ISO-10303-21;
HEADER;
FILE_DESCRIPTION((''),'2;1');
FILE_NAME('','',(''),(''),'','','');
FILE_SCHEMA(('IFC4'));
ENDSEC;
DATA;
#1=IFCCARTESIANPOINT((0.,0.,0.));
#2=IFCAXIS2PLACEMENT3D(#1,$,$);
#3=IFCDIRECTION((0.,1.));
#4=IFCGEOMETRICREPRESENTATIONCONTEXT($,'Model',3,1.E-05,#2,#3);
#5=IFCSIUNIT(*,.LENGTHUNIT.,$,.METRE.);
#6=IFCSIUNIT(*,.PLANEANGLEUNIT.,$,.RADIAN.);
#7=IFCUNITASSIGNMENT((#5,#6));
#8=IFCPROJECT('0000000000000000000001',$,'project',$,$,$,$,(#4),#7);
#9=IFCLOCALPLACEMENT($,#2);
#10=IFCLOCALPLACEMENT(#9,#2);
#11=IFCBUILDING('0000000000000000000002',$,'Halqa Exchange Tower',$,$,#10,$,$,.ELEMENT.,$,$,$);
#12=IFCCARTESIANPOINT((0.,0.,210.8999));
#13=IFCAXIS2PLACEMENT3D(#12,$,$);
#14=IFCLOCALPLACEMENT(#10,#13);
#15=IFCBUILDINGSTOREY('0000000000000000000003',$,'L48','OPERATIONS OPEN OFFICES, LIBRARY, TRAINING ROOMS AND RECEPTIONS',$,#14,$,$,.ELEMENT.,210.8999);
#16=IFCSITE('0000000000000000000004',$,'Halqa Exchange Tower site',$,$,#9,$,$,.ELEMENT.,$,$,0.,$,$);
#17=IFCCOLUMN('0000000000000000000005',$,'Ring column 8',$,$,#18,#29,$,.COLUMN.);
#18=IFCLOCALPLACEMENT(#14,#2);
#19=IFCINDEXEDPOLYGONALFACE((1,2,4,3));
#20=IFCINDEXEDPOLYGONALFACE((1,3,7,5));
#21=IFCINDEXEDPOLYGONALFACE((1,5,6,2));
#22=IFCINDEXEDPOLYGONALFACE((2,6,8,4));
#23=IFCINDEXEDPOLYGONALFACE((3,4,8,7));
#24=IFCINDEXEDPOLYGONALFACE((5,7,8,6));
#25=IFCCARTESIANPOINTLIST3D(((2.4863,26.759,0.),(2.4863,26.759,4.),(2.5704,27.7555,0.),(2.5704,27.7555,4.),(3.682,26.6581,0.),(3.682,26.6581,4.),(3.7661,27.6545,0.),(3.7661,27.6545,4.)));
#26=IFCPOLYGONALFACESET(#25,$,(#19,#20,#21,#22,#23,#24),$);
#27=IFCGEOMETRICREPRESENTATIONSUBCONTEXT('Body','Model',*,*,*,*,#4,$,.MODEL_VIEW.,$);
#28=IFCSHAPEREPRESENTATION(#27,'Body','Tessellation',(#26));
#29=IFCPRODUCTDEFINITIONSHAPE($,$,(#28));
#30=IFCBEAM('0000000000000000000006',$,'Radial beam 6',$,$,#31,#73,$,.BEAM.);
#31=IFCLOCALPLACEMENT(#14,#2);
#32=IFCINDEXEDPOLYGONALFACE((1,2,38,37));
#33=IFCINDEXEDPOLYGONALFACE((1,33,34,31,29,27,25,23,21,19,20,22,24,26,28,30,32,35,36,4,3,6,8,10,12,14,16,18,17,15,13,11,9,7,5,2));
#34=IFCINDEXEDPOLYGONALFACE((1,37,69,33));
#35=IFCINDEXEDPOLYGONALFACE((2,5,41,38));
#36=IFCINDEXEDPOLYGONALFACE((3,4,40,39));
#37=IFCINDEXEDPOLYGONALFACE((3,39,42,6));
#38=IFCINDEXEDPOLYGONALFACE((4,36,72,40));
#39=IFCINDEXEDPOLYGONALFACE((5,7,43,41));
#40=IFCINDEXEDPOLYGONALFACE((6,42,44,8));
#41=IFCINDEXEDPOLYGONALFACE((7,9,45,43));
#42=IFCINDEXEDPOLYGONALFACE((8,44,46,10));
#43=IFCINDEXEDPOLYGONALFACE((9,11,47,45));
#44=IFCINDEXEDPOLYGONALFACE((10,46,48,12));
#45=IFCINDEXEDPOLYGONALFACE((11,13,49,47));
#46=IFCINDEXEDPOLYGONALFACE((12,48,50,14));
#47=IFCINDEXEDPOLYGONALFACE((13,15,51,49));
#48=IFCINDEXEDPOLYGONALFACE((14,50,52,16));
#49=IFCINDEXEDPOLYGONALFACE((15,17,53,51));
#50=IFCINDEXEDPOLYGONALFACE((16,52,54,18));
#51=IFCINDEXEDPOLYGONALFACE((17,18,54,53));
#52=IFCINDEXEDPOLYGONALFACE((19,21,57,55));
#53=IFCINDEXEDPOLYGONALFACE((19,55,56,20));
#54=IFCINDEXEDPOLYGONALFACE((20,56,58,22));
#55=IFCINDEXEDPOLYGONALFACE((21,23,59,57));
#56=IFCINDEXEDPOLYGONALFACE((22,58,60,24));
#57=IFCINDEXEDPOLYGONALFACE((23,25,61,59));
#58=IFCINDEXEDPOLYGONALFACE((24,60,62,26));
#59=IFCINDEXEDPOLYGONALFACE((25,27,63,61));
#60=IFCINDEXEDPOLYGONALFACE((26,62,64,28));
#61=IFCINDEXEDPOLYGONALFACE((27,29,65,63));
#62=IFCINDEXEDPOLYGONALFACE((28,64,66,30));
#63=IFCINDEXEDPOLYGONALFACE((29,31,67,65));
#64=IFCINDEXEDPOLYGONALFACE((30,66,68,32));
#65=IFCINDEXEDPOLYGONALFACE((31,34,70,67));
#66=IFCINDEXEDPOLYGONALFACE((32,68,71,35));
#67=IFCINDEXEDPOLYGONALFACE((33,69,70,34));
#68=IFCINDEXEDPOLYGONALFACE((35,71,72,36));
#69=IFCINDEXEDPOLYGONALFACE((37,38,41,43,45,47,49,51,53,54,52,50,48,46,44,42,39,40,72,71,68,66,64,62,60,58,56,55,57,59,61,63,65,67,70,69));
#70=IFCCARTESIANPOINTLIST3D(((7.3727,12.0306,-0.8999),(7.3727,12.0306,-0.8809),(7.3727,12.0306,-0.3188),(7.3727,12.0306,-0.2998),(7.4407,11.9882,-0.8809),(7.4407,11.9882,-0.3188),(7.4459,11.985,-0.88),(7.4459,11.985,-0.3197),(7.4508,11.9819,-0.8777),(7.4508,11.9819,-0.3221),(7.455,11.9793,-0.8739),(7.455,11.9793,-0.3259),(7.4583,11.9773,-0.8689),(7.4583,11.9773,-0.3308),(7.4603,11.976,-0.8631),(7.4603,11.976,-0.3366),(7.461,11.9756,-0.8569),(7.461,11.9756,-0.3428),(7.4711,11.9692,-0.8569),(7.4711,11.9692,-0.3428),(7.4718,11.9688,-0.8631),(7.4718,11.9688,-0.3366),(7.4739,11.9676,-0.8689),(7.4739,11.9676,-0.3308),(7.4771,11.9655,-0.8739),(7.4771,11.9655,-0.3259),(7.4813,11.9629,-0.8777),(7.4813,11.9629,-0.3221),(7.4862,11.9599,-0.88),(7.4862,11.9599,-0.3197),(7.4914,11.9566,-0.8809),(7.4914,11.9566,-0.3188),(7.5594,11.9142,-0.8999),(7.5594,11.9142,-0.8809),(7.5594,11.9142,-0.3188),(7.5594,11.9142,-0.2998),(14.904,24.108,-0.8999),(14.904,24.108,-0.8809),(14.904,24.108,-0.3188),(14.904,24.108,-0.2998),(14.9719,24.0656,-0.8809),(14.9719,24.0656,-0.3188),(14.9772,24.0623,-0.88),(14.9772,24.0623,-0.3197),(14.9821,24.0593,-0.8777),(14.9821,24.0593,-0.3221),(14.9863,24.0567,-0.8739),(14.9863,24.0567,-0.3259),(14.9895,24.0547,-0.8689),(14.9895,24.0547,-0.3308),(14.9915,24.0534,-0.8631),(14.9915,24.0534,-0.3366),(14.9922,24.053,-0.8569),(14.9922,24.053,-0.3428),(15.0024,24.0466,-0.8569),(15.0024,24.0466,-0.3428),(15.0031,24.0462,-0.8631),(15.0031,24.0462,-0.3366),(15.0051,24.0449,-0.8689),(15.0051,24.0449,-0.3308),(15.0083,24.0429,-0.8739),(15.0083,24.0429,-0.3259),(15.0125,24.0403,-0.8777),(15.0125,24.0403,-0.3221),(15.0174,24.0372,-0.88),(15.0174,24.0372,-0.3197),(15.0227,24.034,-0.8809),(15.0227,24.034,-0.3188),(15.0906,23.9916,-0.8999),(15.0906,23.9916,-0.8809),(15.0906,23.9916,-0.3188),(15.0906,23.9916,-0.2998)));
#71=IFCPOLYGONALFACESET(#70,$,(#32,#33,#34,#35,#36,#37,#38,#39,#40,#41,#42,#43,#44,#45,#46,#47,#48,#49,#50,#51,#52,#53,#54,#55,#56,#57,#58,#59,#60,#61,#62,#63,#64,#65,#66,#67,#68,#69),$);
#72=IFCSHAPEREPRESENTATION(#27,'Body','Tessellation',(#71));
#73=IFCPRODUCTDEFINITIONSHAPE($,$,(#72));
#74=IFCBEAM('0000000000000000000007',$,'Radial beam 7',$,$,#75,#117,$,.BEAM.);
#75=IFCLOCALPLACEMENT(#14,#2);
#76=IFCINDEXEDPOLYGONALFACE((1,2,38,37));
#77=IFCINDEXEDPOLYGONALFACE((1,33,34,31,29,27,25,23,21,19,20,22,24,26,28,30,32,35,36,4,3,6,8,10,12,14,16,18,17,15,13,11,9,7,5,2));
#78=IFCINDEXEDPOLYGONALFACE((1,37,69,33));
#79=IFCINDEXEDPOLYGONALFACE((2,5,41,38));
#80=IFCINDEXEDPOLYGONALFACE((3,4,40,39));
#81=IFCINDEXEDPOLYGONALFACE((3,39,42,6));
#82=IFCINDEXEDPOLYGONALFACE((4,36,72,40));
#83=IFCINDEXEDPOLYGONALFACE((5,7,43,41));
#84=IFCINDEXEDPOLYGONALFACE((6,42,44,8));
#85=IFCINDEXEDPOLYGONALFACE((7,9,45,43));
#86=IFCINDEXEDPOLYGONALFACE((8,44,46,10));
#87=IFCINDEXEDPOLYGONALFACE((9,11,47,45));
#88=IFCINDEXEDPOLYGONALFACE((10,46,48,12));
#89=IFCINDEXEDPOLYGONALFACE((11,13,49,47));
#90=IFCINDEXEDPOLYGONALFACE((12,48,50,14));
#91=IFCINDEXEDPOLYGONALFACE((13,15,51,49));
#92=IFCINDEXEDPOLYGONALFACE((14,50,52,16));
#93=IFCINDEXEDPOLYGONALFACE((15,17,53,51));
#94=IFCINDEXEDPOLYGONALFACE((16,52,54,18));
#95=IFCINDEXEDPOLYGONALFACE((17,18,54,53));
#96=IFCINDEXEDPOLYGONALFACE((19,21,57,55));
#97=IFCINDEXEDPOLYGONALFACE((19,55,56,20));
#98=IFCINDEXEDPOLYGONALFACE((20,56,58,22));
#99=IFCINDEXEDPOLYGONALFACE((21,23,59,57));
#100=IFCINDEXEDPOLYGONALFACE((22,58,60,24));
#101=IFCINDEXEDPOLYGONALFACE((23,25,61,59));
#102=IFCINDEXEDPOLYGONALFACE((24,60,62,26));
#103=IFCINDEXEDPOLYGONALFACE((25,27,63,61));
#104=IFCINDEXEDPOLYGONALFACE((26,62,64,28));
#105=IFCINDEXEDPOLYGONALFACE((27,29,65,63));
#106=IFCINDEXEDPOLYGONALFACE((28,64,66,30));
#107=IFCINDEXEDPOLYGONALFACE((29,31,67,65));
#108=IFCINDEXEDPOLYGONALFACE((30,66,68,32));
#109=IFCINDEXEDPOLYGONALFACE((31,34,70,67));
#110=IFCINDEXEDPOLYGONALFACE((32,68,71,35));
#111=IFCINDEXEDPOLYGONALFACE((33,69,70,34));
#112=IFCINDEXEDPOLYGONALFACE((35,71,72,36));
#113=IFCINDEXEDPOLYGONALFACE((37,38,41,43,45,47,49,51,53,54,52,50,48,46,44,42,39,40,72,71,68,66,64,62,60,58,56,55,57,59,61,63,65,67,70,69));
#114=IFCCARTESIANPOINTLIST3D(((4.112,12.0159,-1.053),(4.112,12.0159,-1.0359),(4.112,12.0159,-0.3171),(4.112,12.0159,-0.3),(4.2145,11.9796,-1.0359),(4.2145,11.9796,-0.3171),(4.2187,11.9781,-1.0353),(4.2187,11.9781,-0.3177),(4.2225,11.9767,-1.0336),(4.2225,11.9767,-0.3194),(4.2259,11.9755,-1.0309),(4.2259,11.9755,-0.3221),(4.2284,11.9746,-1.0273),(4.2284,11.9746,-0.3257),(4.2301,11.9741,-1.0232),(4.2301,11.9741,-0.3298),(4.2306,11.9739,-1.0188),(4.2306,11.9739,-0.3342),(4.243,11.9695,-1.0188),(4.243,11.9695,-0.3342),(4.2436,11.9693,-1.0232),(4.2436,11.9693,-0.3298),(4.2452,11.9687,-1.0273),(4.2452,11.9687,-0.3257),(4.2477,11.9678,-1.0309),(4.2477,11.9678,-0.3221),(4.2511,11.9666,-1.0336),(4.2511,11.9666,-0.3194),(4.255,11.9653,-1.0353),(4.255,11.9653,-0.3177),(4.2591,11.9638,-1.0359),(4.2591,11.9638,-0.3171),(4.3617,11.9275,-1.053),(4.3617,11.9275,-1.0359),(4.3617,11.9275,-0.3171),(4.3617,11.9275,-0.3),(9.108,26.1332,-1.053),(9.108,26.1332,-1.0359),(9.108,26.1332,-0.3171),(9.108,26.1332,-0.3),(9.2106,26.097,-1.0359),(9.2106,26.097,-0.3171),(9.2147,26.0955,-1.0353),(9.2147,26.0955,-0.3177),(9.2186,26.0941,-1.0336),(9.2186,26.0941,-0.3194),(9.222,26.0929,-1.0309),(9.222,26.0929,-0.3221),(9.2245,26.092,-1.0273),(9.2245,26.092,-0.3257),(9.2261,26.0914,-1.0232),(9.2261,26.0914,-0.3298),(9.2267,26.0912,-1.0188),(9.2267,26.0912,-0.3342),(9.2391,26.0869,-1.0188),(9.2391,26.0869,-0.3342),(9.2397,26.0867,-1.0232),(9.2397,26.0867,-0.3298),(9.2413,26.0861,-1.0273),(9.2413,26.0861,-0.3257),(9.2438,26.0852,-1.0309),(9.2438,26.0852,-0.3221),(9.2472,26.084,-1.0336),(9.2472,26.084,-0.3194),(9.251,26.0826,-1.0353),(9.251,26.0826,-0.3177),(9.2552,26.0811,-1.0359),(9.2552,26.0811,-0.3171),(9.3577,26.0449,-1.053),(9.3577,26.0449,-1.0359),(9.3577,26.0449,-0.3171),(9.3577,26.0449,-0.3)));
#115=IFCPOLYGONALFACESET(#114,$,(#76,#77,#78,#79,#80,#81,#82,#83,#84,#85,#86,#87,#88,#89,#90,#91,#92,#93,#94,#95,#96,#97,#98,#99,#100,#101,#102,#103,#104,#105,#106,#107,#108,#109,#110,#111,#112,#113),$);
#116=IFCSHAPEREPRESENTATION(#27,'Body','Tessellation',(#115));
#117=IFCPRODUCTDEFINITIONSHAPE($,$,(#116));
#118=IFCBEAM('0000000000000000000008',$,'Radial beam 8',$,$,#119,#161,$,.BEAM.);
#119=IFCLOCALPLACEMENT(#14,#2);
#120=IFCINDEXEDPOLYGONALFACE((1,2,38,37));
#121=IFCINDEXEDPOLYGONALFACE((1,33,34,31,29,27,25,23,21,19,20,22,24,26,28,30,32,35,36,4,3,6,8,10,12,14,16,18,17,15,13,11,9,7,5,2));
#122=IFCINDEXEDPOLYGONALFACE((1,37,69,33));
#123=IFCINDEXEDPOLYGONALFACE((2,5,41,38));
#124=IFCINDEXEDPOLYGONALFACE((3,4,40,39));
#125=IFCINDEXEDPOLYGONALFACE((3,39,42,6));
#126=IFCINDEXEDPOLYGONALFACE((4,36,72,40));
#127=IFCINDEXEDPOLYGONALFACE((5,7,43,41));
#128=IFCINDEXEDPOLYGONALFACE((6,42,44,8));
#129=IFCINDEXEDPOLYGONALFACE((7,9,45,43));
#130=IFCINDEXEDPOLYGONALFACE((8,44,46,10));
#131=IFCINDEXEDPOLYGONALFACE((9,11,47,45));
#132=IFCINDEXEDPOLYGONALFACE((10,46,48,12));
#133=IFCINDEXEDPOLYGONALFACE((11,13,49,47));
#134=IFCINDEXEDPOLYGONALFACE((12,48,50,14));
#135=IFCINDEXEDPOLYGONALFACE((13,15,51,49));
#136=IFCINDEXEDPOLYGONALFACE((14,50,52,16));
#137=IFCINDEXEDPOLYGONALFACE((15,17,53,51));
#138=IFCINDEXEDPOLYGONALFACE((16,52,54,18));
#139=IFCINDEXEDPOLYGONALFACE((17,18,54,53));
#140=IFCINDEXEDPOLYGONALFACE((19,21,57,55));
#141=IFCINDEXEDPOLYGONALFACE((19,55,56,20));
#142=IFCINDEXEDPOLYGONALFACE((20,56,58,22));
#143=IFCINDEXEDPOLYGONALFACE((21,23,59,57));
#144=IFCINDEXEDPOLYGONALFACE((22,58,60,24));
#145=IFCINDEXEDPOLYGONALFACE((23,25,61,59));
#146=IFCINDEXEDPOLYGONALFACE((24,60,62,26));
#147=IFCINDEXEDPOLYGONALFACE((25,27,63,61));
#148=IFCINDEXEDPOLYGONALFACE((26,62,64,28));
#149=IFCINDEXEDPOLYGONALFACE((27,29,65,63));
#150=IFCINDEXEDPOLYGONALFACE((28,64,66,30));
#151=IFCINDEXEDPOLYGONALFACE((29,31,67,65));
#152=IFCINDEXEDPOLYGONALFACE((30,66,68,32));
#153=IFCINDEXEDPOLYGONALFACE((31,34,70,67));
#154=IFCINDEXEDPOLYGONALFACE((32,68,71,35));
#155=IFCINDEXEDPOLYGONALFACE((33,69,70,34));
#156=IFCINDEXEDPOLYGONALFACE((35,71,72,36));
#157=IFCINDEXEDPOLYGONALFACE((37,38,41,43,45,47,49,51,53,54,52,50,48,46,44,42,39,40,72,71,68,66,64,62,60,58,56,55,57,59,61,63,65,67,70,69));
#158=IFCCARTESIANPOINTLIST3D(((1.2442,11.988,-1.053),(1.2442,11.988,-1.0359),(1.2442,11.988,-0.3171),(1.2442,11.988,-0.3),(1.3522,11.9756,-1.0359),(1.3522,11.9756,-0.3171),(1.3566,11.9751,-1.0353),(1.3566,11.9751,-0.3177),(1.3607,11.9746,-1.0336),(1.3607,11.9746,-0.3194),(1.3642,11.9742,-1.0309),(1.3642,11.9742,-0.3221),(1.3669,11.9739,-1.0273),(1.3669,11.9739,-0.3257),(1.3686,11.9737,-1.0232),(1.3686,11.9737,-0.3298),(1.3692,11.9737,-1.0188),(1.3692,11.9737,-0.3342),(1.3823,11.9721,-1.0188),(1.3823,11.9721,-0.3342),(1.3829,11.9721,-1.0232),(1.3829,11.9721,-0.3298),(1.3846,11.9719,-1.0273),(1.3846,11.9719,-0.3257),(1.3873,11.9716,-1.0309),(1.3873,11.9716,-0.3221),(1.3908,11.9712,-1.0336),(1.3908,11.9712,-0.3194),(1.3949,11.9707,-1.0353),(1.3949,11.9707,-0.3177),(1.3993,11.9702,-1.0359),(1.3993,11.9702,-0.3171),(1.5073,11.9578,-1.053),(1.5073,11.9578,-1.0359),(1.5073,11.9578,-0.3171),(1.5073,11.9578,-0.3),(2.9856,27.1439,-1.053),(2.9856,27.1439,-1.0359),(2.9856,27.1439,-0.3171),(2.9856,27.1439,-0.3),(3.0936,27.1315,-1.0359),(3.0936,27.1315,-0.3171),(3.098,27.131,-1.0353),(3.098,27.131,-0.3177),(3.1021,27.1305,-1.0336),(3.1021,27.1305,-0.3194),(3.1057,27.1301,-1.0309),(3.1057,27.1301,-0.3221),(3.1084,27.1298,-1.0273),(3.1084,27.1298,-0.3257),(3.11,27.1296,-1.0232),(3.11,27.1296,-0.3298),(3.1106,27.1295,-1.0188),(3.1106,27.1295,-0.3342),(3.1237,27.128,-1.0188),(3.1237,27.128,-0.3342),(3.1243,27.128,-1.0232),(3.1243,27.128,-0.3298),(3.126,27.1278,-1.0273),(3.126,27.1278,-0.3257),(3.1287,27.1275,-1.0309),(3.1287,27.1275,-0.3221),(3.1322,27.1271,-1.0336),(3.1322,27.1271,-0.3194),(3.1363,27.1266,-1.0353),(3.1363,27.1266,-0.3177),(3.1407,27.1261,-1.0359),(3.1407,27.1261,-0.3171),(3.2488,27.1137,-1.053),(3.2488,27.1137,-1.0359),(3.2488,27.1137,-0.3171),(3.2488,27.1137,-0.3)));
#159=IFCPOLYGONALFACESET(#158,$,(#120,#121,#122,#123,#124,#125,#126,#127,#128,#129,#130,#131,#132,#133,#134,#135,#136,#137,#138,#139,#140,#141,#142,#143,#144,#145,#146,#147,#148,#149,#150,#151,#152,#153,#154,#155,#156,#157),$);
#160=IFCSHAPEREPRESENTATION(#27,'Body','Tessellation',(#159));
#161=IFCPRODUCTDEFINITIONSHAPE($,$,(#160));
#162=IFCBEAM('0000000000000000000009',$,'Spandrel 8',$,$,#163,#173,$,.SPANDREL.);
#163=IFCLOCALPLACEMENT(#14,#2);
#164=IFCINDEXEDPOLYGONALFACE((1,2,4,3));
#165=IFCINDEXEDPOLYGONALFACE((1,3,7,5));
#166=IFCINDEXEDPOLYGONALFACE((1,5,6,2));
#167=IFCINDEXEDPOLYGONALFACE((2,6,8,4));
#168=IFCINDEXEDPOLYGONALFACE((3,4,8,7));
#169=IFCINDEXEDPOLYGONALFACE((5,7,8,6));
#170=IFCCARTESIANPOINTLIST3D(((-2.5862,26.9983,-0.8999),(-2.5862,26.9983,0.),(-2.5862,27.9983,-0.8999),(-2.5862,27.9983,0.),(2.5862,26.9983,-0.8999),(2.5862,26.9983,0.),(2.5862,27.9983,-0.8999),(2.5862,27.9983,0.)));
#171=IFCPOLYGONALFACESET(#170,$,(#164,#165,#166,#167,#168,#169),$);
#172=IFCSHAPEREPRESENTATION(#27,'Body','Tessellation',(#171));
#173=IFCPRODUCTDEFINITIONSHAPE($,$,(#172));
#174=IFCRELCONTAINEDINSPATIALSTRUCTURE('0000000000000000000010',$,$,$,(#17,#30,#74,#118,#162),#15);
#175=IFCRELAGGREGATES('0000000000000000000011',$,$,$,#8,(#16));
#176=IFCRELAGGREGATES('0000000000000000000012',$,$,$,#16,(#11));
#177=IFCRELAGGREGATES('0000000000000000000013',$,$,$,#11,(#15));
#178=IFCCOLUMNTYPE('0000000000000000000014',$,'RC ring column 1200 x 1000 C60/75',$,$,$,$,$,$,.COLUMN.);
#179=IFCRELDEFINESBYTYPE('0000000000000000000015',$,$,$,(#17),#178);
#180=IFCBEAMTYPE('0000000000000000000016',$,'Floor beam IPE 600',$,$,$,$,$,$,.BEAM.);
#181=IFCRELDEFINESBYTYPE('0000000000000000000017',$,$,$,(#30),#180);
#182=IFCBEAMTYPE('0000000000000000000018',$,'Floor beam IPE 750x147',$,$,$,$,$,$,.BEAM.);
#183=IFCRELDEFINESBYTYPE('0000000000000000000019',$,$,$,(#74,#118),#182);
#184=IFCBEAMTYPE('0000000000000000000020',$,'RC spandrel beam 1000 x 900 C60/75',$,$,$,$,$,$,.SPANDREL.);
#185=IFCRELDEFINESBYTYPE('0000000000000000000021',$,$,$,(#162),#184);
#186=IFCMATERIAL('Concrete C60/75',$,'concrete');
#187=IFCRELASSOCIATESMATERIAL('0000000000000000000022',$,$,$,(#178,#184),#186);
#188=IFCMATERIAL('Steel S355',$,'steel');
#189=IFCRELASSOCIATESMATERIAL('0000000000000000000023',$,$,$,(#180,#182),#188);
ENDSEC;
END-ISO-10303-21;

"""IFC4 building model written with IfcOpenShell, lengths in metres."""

from ifc_helpers import new_model, si_unit, direction, frame, origin, origin_2d, place, context, subcontext, project, spatial, rectangle, i_section, extrude, material, material_profile, profile_set, type_object, element, save


model = new_model("IFC4")

# Units and contexts
model_context = context("Model", 3, precision=1e-05, world=origin(), true_north=direction((0.0, 1.0)))
body_context = subcontext(model_context, "Body", "Model", "MODEL_VIEW")
ifc_project = project(units=[si_unit("LENGTHUNIT", "METRE"), si_unit("PLANEANGLEUNIT", "RADIAN")], contexts=[model_context])

# Site, building, storey
site_placement = place(None, origin())
site = spatial("IfcSite", under=ifc_project, at=site_placement, Name="Halqa Exchange Tower site", CompositionType="ELEMENT", RefElevation=0.0)
building_placement = place(site_placement, origin())
building = spatial("IfcBuilding", under=site, at=building_placement, Name="Halqa Exchange Tower", CompositionType="ELEMENT")
storey_placement = place(building_placement, frame((0.0, 0.0, 210.8999)))
storey = spatial("IfcBuildingStorey", under=building, at=storey_placement, Name="L48", Description="OPERATIONS OPEN OFFICES, LIBRARY, TRAINING ROOMS AND RECEPTIONS", CompositionType="ELEMENT", Elevation=210.8999)

# Column
ifc_material_1 = material(Name="Concrete C60/75", Category="concrete")
ifc_material_profile_1 = material_profile(ifc_material_1, rectangle(XDim=1.2, YDim=1.0, at=origin_2d()), Name="1200 x 1000")
ifc_profile_set_1 = profile_set([ifc_material_profile_1], Name="Concrete C60/75")
column_type = type_object("IfcColumnType", Name="RC ring column 1200 x 1000 C60/75", PredefinedType="COLUMN", material=ifc_profile_set_1)
column_placement = place(storey_placement, frame((3.1262, 27.2068, 0.0), z_axis=(0.0, 0.0, 1.0), x_axis=(-0.996455, 0.084128, 0.0)))
element("IfcColumn", 1, at=column_placement, inside=storey, type_object=column_type, Name="Ring column 8", PredefinedType="COLUMN", context=body_context, shape_type="SweptSolid", body=[
    extrude(rectangle(XDim=1.2, YDim=1.0, at=origin_2d()), origin(), (0.0, 0.0, 1.0), 4.0),
])

# Beams
ifc_material_2 = material(Name="Steel S355", Category="steel")
ifc_material_profile_2 = material_profile(ifc_material_2, i_section(OverallWidth=0.22, OverallDepth=0.6001, WebThickness=0.012, FlangeThickness=0.019, FilletRadius=0.0239, at=origin_2d()), Name="IPE 600")
ifc_profile_set_2 = profile_set([ifc_material_profile_2], Name="Steel S355")
beam_type_1 = type_object("IfcBeamType", Name="Floor beam IPE 600", PredefinedType="BEAM", material=ifc_profile_set_2)
beam_1_placement = place(storey_placement, frame((7.4661, 11.9724, -0.5999), z_axis=(0.529134, 0.848538, 0.0), x_axis=(-0.848538, 0.529134, 0.0)))
element("IfcBeam", 2, at=beam_1_placement, inside=storey, type_object=beam_type_1, Name="Radial beam 6", PredefinedType="BEAM", context=body_context, shape_type="SweptSolid", body=[
    extrude(i_section(OverallWidth=0.22, OverallDepth=0.6001, WebThickness=0.012, FlangeThickness=0.019, FilletRadius=0.0239, at=origin_2d()), origin(), (0.0, 0.0, 1.0), 14.2332),
])
ifc_material_profile_3 = material_profile(ifc_material_2, i_section(OverallWidth=0.2649, OverallDepth=0.7529, WebThickness=0.0132, FlangeThickness=0.0171, FilletRadius=0.0171, at=origin_2d()), Name="IPE 750x147")
ifc_profile_set_3 = profile_set([ifc_material_profile_3], Name="Steel S355")
beam_type_2 = type_object("IfcBeamType", Name="Floor beam IPE 750x147", PredefinedType="BEAM", material=ifc_profile_set_3)
beam_2_placement = place(storey_placement, frame((4.2368, 11.9717, -0.6765), z_axis=(0.33362, 0.942708, 0.0), x_axis=(-0.942708, 0.33362, 0.0)))
element("IfcBeam", 3, at=beam_2_placement, inside=storey, type_object=beam_type_2, Name="Radial beam 7", PredefinedType="BEAM", context=body_context, shape_type="SweptSolid", body=[
    extrude(i_section(OverallWidth=0.2649, OverallDepth=0.7529, WebThickness=0.0132, FlangeThickness=0.0171, FilletRadius=0.0171, at=origin_2d()), origin(), (0.0, 0.0, 1.0), 14.9753),
])
beam_3_placement = place(storey_placement, frame((1.3757, 11.9729, -0.6765), z_axis=(0.114151, 0.993463, 0.0), x_axis=(-0.993463, 0.114151, 0.0)))
element("IfcBeam", 4, at=beam_3_placement, inside=storey, type_object=beam_type_2, Name="Radial beam 8", PredefinedType="BEAM", context=body_context, shape_type="SweptSolid", body=[
    extrude(i_section(OverallWidth=0.2649, OverallDepth=0.7529, WebThickness=0.0132, FlangeThickness=0.0171, FilletRadius=0.0171, at=origin_2d()), origin(), (0.0, 0.0, 1.0), 15.2556),
])
ifc_material_profile_4 = material_profile(ifc_material_1, rectangle(XDim=1.0, YDim=0.8999, at=origin_2d()), Name="1000 x 900")
ifc_profile_set_4 = profile_set([ifc_material_profile_4], Name="Concrete C60/75")
beam_type_3 = type_object("IfcBeamType", Name="RC spandrel beam 1000 x 900 C60/75", PredefinedType="SPANDREL", material=ifc_profile_set_4)
beam_4_placement = place(storey_placement, frame((2.5862, 27.4983, -0.45), z_axis=(-1.0, 0.0, 0.0), x_axis=(0.0, -1.0, 0.0)))
element("IfcBeam", 5, at=beam_4_placement, inside=storey, type_object=beam_type_3, Name="Spandrel 8", PredefinedType="SPANDREL", context=body_context, shape_type="SweptSolid", body=[
    extrude(rectangle(XDim=1.0, YDim=0.8999, at=origin_2d()), origin(), (0.0, 0.0, 1.0), 5.1724),
])

save(model, "model.ifc")
